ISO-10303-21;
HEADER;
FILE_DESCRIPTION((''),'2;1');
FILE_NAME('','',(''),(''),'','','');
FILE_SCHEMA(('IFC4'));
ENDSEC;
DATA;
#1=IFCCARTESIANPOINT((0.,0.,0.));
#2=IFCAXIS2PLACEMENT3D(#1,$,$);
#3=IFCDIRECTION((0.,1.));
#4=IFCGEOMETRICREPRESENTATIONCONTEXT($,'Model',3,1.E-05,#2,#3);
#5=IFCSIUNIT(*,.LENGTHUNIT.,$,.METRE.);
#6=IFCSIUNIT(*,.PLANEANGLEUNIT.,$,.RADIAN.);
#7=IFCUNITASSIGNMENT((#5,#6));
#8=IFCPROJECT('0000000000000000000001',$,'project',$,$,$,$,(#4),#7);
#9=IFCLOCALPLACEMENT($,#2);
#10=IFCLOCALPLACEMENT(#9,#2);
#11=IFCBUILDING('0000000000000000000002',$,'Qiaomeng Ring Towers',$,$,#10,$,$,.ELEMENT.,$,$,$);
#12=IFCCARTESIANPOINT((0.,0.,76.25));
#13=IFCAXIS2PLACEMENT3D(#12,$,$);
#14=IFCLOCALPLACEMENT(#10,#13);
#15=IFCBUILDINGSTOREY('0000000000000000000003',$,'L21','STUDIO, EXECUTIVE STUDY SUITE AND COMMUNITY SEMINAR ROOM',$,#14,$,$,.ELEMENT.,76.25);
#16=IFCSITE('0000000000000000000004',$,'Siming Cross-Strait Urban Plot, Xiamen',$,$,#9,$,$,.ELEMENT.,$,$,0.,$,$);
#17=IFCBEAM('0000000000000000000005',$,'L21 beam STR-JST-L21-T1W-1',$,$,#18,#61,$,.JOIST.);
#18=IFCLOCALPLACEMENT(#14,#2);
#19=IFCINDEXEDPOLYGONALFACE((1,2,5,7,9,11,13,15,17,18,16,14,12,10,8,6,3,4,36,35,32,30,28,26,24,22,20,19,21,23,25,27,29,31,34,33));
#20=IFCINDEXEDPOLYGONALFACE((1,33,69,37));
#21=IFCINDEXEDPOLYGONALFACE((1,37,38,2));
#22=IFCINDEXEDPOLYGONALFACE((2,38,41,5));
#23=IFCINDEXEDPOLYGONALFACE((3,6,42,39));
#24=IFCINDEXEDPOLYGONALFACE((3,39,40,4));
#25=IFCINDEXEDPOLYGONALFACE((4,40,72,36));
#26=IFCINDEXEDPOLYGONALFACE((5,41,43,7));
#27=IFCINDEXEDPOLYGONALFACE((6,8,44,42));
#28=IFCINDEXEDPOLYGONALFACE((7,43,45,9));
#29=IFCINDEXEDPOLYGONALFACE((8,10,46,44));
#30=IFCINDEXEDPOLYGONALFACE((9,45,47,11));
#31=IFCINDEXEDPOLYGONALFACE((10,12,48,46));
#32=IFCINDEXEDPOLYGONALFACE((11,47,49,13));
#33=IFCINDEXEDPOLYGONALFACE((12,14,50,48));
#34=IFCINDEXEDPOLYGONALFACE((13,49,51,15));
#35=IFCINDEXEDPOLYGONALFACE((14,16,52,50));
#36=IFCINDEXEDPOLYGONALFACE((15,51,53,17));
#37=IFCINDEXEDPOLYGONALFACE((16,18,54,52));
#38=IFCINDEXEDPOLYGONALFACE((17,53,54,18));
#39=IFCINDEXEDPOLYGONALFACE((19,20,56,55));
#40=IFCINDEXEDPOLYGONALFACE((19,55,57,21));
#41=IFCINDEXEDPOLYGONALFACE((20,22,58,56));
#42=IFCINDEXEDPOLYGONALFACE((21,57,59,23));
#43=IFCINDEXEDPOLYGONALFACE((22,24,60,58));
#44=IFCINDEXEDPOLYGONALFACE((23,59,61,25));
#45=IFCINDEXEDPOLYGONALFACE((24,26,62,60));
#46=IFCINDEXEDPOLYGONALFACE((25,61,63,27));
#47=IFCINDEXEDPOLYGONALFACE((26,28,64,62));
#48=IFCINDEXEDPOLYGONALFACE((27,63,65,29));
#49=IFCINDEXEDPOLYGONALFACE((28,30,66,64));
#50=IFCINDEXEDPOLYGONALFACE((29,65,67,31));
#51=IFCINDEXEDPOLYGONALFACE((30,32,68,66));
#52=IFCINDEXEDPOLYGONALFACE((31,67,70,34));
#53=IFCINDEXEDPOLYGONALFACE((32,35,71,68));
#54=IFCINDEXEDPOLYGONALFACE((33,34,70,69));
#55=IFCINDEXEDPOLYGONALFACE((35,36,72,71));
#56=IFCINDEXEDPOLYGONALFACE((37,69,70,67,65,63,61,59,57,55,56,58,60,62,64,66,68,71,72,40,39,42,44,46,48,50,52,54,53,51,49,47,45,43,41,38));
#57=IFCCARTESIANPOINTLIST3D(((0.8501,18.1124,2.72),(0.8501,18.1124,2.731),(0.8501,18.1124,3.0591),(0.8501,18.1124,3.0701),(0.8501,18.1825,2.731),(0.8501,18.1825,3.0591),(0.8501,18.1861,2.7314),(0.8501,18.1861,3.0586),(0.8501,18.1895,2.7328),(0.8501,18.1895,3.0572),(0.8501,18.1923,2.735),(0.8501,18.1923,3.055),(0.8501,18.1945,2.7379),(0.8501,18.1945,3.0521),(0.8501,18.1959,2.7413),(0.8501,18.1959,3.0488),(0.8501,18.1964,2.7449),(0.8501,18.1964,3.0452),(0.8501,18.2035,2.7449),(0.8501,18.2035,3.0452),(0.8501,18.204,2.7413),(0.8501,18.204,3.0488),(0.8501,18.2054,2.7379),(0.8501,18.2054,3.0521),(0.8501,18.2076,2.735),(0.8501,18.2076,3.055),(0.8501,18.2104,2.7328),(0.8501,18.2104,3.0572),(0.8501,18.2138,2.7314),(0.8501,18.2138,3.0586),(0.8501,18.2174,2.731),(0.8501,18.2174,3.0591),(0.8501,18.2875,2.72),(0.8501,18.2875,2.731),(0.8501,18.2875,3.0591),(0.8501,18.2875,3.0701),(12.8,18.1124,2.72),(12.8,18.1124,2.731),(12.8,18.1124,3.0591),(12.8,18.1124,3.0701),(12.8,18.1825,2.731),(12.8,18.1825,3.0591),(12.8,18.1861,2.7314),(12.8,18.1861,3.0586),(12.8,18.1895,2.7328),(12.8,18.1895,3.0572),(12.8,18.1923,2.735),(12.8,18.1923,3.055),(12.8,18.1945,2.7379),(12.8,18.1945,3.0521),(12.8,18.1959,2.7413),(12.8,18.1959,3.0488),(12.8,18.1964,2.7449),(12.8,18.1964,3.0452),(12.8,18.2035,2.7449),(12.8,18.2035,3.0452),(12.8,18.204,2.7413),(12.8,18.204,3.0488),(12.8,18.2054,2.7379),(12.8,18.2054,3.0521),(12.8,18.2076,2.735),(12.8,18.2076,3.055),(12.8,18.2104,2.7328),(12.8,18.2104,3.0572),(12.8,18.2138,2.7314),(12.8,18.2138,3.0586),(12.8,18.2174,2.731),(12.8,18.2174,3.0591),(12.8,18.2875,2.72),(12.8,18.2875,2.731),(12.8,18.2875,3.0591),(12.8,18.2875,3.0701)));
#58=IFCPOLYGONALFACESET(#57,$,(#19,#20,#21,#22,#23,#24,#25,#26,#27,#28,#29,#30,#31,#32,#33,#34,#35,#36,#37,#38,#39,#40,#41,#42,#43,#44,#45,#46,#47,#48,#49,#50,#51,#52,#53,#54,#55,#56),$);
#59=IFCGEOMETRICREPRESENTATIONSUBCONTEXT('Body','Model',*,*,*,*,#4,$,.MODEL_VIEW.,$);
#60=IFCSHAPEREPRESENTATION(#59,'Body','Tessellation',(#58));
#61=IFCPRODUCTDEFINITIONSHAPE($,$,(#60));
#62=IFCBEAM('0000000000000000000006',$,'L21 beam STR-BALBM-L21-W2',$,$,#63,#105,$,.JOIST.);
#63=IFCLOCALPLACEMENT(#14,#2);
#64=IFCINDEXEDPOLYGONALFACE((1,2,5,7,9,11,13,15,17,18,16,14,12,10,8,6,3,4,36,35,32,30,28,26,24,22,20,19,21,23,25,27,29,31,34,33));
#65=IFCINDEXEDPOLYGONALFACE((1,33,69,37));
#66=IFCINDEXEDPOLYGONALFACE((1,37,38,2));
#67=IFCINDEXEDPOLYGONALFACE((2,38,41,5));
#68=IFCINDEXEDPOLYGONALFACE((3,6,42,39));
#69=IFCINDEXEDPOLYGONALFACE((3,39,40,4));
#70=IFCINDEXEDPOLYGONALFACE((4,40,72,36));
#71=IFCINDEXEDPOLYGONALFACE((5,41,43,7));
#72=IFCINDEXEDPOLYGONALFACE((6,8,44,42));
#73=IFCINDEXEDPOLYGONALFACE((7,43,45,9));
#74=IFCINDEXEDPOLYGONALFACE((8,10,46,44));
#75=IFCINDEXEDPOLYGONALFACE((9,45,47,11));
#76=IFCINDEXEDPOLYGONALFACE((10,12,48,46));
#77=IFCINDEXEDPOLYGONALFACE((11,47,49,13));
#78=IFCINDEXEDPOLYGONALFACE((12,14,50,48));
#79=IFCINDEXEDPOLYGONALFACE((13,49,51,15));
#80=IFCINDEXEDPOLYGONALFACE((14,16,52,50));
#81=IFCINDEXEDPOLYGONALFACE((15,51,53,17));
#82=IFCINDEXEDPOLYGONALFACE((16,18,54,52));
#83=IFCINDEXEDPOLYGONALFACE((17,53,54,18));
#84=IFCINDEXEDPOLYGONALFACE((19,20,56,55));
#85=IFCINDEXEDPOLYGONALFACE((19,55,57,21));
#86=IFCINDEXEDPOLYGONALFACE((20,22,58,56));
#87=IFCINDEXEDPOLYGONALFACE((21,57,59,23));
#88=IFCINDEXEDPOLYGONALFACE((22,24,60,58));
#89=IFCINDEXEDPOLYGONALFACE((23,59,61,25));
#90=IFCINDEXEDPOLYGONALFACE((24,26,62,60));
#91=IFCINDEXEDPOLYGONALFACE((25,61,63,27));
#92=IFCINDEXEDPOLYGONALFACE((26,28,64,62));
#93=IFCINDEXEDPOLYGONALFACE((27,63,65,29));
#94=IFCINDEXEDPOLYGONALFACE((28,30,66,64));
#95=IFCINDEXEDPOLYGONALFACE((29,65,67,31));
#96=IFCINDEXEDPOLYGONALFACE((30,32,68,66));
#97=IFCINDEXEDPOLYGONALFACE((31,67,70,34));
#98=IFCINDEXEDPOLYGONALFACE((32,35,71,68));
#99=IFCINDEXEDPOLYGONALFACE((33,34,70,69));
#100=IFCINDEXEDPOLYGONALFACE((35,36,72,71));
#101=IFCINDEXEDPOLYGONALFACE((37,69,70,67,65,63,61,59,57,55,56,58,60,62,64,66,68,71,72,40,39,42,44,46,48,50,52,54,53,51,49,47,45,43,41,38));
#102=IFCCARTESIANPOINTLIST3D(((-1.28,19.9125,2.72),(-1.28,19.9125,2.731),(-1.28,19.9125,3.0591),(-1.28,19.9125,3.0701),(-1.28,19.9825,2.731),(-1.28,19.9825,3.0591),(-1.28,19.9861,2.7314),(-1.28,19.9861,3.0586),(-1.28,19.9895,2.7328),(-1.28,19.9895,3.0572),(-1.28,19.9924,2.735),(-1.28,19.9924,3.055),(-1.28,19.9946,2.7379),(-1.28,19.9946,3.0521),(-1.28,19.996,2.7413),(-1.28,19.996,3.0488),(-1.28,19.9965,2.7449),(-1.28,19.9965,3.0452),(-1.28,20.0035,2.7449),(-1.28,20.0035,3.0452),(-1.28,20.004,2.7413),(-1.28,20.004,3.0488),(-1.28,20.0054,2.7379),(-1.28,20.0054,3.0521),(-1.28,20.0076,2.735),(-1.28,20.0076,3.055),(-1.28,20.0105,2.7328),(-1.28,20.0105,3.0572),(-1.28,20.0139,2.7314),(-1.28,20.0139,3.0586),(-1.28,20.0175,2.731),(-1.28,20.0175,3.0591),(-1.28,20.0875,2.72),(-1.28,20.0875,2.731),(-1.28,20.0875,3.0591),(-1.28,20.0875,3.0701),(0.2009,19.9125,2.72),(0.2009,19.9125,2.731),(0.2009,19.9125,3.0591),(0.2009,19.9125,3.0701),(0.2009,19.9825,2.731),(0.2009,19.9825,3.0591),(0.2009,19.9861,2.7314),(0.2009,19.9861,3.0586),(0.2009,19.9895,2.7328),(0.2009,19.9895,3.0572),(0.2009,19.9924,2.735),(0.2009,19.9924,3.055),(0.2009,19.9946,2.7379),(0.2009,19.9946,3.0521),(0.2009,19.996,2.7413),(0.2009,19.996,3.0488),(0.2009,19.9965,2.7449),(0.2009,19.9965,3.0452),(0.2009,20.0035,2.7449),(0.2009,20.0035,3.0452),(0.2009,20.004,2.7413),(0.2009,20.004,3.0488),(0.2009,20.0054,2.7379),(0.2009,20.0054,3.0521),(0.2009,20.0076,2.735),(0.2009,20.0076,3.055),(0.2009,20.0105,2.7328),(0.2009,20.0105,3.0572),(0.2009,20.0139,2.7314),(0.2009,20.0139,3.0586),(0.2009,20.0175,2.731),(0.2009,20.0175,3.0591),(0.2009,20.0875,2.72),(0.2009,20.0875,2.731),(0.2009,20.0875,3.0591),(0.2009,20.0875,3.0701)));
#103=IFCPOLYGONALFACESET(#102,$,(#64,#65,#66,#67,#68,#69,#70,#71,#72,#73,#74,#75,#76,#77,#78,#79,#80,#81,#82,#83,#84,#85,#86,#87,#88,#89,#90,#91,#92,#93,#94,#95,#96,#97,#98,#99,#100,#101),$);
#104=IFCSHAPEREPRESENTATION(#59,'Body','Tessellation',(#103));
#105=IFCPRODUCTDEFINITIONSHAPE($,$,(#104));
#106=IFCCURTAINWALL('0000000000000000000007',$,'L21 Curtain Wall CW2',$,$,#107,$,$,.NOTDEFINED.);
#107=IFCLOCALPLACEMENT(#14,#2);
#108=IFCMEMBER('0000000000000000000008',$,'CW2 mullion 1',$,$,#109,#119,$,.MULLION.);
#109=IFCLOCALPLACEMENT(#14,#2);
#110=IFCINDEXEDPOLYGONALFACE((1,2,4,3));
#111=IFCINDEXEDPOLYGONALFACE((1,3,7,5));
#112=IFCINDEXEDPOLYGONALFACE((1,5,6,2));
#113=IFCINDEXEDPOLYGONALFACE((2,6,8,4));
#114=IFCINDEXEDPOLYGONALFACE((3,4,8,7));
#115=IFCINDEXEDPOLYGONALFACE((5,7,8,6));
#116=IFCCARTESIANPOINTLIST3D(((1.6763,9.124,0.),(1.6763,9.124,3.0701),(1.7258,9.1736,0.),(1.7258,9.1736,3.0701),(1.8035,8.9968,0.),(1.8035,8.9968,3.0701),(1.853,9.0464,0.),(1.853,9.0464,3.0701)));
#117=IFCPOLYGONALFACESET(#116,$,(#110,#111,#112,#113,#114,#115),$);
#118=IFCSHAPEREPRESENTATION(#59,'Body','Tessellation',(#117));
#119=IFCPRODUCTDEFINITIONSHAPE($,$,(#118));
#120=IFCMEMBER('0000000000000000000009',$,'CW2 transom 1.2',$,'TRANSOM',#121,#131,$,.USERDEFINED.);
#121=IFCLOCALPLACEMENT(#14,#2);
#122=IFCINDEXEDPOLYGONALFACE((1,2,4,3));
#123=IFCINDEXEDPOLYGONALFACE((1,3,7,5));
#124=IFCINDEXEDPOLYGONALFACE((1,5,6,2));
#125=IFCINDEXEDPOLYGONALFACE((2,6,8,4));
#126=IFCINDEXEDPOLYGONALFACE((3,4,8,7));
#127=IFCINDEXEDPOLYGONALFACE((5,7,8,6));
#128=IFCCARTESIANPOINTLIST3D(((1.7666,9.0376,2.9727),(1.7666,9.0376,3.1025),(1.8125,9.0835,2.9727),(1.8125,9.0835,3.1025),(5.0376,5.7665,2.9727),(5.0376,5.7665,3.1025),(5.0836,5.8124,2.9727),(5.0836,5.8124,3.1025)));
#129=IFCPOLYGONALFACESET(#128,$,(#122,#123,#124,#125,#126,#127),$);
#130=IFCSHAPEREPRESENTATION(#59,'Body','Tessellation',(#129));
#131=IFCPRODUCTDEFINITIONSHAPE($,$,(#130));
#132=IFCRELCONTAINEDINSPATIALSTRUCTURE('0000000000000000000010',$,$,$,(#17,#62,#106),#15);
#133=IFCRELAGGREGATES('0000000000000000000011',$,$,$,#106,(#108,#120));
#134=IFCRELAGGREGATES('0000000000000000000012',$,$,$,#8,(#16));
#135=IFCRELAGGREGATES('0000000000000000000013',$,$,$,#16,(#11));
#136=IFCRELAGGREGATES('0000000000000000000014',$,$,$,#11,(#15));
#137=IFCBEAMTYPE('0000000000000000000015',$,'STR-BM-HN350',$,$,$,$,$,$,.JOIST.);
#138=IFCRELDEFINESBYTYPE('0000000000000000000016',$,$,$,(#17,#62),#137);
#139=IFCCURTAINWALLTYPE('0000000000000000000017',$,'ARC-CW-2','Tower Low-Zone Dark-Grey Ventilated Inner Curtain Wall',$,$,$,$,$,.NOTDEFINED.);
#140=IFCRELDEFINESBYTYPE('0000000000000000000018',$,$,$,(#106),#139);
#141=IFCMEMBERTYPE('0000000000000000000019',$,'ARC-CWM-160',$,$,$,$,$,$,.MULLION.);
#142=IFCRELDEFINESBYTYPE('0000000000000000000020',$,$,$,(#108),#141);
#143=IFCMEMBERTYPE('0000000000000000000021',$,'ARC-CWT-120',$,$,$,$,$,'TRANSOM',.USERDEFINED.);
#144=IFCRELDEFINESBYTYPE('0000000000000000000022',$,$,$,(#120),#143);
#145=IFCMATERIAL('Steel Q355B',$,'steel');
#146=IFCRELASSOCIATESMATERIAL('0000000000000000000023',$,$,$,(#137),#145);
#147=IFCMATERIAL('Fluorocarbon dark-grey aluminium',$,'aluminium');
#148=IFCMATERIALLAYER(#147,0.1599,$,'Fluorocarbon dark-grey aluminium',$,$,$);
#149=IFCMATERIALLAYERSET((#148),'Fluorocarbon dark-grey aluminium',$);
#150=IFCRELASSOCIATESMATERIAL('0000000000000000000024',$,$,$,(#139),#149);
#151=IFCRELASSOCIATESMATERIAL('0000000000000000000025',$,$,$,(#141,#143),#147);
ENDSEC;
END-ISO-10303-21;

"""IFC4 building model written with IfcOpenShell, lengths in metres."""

from ifc_helpers import new_model, si_unit, direction, frame, origin, origin_2d, place, context, subcontext, project, spatial, rectangle, i_section, extrude, source, transform, mapped, material, layer, layer_set, material_profile, profile_set, type_object, element, aggregate, save


model = new_model("IFC4")

# Units and contexts
model_context = context("Model", 3, precision=1e-05, world=origin(), true_north=direction((0.0, 1.0)))
body_context = subcontext(model_context, "Body", "Model", "MODEL_VIEW")
ifc_project = project(units=[si_unit("LENGTHUNIT", "METRE"), si_unit("PLANEANGLEUNIT", "RADIAN")], contexts=[model_context])

# Site, building, storey
site_placement = place(None, origin())
site = spatial("IfcSite", under=ifc_project, at=site_placement, Name="Siming Cross-Strait Urban Plot, Xiamen", CompositionType="ELEMENT", RefElevation=0.0)
building_placement = place(site_placement, origin())
building = spatial("IfcBuilding", under=site, at=building_placement, Name="Qiaomeng Ring Towers", CompositionType="ELEMENT")
storey_placement = place(building_placement, frame((0.0, 0.0, 76.25)))
storey = spatial("IfcBuildingStorey", under=building, at=storey_placement, Name="L21", Description="STUDIO, EXECUTIVE STUDY SUITE AND COMMUNITY SEMINAR ROOM", CompositionType="ELEMENT", Elevation=76.25)

# Beams
ifc_material_1 = material(Name="Steel Q355B", Category="steel")
ifc_material_profile_1 = material_profile(ifc_material_1, i_section(OverallWidth=0.175, OverallDepth=0.3501, WebThickness=0.0071, FlangeThickness=0.011, FilletRadius=0.0139, at=origin_2d()), Name="HN 350x175x7x11")
ifc_profile_set_1 = profile_set([ifc_material_profile_1], Name="Steel Q355B")
beam_type_1 = type_object("IfcBeamType", Name="STR-BM-HN350", PredefinedType="JOIST", material=ifc_profile_set_1)
shared_shape_1 = source(origin(), body_context, "Body", "SweptSolid", [
    extrude(i_section(OverallWidth=0.175, OverallDepth=0.3501, WebThickness=0.0071, FlangeThickness=0.011, FilletRadius=0.0139, at=origin_2d()), origin(), (0.0, 0.0, 1.0), 11.95),
])
beam_1_placement = place(storey_placement, frame((0.8501, 18.2, 2.895), z_axis=(1.0, 0.0, 0.0), x_axis=(0.0, 1.0, 0.0)))
element("IfcBeam", 1, at=beam_1_placement, inside=storey, type_object=beam_type_1, Name="L21 beam STR-JST-L21-T1W-1", PredefinedType="JOIST", context=body_context, shape_type="MappedRepresentation", body=[
    mapped(shared_shape_1, transform((0.0, 0.0, 0.0), x_axis=(1.0, 0.0, 0.0), y_axis=(0.0, 1.0, 0.0), z_axis=(0.0, 0.0, 1.0), scale=1.0)),
])
shared_shape_2 = source(origin(), body_context, "Body", "SweptSolid", [
    extrude(i_section(OverallWidth=0.175, OverallDepth=0.3501, WebThickness=0.0071, FlangeThickness=0.011, FilletRadius=0.0139, at=origin_2d()), origin(), (0.0, 0.0, 1.0), 1.481),
])
beam_2_placement = place(storey_placement, frame((-1.28, 20.0, 2.895), z_axis=(1.0, 0.0, 0.0), x_axis=(0.0, 1.0, 0.0)))
element("IfcBeam", 2, at=beam_2_placement, inside=storey, type_object=beam_type_1, Name="L21 beam STR-BALBM-L21-W2", PredefinedType="JOIST", context=body_context, shape_type="MappedRepresentation", body=[
    mapped(shared_shape_2, transform((0.0, 0.0, 0.0), x_axis=(1.0, 0.0, 0.0), y_axis=(0.0, 1.0, 0.0), z_axis=(0.0, 0.0, 1.0), scale=1.0)),
])

# Curtain wall, members
ifc_material_2 = material(Name="Fluorocarbon dark-grey aluminium", Category="aluminium")
ifc_layer_1 = layer(ifc_material_2, 0.1599, Name="Fluorocarbon dark-grey aluminium")
ifc_layer_set_1 = layer_set([ifc_layer_1], Name="Fluorocarbon dark-grey aluminium")
curtain_wall_type = type_object("IfcCurtainWallType", Name="ARC-CW-2", Description="Tower Low-Zone Dark-Grey Ventilated Inner Curtain Wall", PredefinedType="NOTDEFINED", material=ifc_layer_set_1)
curtain_wall_placement = place(storey_placement, origin())
curtain_wall = element("IfcCurtainWall", 3, at=curtain_wall_placement, inside=storey, type_object=curtain_wall_type, Name="L21 Curtain Wall CW2", PredefinedType="NOTDEFINED")
ifc_material_profile_2 = material_profile(ifc_material_2, rectangle(XDim=0.0701, YDim=0.1799, at=origin_2d()), Name="ALU MULL 70x180")
ifc_profile_set_2 = profile_set([ifc_material_profile_2], Name="Fluorocarbon dark-grey aluminium")
member_type_1 = type_object("IfcMemberType", Name="ARC-CWM-160", PredefinedType="MULLION", material=ifc_profile_set_2)
shared_shape_3 = source(origin(), body_context, "Body", "SweptSolid", [
    extrude(rectangle(XDim=0.0701, YDim=0.1799, at=origin_2d()), origin(), (0.0, 0.0, 1.0), 3.0701),
])
member_1_placement = place(storey_placement, frame((1.7646, 9.0852, 0.0), z_axis=(0.0, 0.0, 1.0), x_axis=(0.707107, 0.707107, 0.0)))
member_1 = element("IfcMember", 4, at=member_1_placement, type_object=member_type_1, Name="CW2 mullion 1", PredefinedType="MULLION", context=body_context, shape_type="MappedRepresentation", body=[
    mapped(shared_shape_3, transform((0.0, 0.0, 0.0), x_axis=(1.0, 0.0, 0.0), y_axis=(0.0, 1.0, 0.0), z_axis=(0.0, 0.0, 1.0), scale=1.0)),
])
ifc_material_profile_3 = material_profile(ifc_material_2, rectangle(XDim=0.0649, YDim=0.1299, at=origin_2d()), Name="ALU TRAN 65x130")
ifc_profile_set_3 = profile_set([ifc_material_profile_3], Name="Fluorocarbon dark-grey aluminium")
member_type_2 = type_object("IfcMemberType", Name="ARC-CWT-120", ElementType="TRANSOM", PredefinedType="USERDEFINED", material=ifc_profile_set_3)
shared_shape_4 = source(origin(), body_context, "Body", "SweptSolid", [
    extrude(rectangle(XDim=0.0649, YDim=0.1299, at=origin_2d()), origin(), (0.0, 0.0, 1.0), 4.626),
])
member_2_placement = place(storey_placement, frame((1.7896, 9.0605, 3.0376), z_axis=(0.707107, -0.707107, 0.0), x_axis=(0.707107, 0.707107, 0.0)))
member_2 = element("IfcMember", 5, at=member_2_placement, type_object=member_type_2, Name="CW2 transom 1.2", ObjectType="TRANSOM", PredefinedType="USERDEFINED", context=body_context, shape_type="MappedRepresentation", body=[
    mapped(shared_shape_4, transform((0.0, 0.0, 0.0), x_axis=(1.0, 0.0, 0.0), y_axis=(0.0, 1.0, 0.0), z_axis=(0.0, 0.0, 1.0), scale=1.0)),
])
aggregate(curtain_wall, [member_1, member_2])

save(model, "model.ifc")
